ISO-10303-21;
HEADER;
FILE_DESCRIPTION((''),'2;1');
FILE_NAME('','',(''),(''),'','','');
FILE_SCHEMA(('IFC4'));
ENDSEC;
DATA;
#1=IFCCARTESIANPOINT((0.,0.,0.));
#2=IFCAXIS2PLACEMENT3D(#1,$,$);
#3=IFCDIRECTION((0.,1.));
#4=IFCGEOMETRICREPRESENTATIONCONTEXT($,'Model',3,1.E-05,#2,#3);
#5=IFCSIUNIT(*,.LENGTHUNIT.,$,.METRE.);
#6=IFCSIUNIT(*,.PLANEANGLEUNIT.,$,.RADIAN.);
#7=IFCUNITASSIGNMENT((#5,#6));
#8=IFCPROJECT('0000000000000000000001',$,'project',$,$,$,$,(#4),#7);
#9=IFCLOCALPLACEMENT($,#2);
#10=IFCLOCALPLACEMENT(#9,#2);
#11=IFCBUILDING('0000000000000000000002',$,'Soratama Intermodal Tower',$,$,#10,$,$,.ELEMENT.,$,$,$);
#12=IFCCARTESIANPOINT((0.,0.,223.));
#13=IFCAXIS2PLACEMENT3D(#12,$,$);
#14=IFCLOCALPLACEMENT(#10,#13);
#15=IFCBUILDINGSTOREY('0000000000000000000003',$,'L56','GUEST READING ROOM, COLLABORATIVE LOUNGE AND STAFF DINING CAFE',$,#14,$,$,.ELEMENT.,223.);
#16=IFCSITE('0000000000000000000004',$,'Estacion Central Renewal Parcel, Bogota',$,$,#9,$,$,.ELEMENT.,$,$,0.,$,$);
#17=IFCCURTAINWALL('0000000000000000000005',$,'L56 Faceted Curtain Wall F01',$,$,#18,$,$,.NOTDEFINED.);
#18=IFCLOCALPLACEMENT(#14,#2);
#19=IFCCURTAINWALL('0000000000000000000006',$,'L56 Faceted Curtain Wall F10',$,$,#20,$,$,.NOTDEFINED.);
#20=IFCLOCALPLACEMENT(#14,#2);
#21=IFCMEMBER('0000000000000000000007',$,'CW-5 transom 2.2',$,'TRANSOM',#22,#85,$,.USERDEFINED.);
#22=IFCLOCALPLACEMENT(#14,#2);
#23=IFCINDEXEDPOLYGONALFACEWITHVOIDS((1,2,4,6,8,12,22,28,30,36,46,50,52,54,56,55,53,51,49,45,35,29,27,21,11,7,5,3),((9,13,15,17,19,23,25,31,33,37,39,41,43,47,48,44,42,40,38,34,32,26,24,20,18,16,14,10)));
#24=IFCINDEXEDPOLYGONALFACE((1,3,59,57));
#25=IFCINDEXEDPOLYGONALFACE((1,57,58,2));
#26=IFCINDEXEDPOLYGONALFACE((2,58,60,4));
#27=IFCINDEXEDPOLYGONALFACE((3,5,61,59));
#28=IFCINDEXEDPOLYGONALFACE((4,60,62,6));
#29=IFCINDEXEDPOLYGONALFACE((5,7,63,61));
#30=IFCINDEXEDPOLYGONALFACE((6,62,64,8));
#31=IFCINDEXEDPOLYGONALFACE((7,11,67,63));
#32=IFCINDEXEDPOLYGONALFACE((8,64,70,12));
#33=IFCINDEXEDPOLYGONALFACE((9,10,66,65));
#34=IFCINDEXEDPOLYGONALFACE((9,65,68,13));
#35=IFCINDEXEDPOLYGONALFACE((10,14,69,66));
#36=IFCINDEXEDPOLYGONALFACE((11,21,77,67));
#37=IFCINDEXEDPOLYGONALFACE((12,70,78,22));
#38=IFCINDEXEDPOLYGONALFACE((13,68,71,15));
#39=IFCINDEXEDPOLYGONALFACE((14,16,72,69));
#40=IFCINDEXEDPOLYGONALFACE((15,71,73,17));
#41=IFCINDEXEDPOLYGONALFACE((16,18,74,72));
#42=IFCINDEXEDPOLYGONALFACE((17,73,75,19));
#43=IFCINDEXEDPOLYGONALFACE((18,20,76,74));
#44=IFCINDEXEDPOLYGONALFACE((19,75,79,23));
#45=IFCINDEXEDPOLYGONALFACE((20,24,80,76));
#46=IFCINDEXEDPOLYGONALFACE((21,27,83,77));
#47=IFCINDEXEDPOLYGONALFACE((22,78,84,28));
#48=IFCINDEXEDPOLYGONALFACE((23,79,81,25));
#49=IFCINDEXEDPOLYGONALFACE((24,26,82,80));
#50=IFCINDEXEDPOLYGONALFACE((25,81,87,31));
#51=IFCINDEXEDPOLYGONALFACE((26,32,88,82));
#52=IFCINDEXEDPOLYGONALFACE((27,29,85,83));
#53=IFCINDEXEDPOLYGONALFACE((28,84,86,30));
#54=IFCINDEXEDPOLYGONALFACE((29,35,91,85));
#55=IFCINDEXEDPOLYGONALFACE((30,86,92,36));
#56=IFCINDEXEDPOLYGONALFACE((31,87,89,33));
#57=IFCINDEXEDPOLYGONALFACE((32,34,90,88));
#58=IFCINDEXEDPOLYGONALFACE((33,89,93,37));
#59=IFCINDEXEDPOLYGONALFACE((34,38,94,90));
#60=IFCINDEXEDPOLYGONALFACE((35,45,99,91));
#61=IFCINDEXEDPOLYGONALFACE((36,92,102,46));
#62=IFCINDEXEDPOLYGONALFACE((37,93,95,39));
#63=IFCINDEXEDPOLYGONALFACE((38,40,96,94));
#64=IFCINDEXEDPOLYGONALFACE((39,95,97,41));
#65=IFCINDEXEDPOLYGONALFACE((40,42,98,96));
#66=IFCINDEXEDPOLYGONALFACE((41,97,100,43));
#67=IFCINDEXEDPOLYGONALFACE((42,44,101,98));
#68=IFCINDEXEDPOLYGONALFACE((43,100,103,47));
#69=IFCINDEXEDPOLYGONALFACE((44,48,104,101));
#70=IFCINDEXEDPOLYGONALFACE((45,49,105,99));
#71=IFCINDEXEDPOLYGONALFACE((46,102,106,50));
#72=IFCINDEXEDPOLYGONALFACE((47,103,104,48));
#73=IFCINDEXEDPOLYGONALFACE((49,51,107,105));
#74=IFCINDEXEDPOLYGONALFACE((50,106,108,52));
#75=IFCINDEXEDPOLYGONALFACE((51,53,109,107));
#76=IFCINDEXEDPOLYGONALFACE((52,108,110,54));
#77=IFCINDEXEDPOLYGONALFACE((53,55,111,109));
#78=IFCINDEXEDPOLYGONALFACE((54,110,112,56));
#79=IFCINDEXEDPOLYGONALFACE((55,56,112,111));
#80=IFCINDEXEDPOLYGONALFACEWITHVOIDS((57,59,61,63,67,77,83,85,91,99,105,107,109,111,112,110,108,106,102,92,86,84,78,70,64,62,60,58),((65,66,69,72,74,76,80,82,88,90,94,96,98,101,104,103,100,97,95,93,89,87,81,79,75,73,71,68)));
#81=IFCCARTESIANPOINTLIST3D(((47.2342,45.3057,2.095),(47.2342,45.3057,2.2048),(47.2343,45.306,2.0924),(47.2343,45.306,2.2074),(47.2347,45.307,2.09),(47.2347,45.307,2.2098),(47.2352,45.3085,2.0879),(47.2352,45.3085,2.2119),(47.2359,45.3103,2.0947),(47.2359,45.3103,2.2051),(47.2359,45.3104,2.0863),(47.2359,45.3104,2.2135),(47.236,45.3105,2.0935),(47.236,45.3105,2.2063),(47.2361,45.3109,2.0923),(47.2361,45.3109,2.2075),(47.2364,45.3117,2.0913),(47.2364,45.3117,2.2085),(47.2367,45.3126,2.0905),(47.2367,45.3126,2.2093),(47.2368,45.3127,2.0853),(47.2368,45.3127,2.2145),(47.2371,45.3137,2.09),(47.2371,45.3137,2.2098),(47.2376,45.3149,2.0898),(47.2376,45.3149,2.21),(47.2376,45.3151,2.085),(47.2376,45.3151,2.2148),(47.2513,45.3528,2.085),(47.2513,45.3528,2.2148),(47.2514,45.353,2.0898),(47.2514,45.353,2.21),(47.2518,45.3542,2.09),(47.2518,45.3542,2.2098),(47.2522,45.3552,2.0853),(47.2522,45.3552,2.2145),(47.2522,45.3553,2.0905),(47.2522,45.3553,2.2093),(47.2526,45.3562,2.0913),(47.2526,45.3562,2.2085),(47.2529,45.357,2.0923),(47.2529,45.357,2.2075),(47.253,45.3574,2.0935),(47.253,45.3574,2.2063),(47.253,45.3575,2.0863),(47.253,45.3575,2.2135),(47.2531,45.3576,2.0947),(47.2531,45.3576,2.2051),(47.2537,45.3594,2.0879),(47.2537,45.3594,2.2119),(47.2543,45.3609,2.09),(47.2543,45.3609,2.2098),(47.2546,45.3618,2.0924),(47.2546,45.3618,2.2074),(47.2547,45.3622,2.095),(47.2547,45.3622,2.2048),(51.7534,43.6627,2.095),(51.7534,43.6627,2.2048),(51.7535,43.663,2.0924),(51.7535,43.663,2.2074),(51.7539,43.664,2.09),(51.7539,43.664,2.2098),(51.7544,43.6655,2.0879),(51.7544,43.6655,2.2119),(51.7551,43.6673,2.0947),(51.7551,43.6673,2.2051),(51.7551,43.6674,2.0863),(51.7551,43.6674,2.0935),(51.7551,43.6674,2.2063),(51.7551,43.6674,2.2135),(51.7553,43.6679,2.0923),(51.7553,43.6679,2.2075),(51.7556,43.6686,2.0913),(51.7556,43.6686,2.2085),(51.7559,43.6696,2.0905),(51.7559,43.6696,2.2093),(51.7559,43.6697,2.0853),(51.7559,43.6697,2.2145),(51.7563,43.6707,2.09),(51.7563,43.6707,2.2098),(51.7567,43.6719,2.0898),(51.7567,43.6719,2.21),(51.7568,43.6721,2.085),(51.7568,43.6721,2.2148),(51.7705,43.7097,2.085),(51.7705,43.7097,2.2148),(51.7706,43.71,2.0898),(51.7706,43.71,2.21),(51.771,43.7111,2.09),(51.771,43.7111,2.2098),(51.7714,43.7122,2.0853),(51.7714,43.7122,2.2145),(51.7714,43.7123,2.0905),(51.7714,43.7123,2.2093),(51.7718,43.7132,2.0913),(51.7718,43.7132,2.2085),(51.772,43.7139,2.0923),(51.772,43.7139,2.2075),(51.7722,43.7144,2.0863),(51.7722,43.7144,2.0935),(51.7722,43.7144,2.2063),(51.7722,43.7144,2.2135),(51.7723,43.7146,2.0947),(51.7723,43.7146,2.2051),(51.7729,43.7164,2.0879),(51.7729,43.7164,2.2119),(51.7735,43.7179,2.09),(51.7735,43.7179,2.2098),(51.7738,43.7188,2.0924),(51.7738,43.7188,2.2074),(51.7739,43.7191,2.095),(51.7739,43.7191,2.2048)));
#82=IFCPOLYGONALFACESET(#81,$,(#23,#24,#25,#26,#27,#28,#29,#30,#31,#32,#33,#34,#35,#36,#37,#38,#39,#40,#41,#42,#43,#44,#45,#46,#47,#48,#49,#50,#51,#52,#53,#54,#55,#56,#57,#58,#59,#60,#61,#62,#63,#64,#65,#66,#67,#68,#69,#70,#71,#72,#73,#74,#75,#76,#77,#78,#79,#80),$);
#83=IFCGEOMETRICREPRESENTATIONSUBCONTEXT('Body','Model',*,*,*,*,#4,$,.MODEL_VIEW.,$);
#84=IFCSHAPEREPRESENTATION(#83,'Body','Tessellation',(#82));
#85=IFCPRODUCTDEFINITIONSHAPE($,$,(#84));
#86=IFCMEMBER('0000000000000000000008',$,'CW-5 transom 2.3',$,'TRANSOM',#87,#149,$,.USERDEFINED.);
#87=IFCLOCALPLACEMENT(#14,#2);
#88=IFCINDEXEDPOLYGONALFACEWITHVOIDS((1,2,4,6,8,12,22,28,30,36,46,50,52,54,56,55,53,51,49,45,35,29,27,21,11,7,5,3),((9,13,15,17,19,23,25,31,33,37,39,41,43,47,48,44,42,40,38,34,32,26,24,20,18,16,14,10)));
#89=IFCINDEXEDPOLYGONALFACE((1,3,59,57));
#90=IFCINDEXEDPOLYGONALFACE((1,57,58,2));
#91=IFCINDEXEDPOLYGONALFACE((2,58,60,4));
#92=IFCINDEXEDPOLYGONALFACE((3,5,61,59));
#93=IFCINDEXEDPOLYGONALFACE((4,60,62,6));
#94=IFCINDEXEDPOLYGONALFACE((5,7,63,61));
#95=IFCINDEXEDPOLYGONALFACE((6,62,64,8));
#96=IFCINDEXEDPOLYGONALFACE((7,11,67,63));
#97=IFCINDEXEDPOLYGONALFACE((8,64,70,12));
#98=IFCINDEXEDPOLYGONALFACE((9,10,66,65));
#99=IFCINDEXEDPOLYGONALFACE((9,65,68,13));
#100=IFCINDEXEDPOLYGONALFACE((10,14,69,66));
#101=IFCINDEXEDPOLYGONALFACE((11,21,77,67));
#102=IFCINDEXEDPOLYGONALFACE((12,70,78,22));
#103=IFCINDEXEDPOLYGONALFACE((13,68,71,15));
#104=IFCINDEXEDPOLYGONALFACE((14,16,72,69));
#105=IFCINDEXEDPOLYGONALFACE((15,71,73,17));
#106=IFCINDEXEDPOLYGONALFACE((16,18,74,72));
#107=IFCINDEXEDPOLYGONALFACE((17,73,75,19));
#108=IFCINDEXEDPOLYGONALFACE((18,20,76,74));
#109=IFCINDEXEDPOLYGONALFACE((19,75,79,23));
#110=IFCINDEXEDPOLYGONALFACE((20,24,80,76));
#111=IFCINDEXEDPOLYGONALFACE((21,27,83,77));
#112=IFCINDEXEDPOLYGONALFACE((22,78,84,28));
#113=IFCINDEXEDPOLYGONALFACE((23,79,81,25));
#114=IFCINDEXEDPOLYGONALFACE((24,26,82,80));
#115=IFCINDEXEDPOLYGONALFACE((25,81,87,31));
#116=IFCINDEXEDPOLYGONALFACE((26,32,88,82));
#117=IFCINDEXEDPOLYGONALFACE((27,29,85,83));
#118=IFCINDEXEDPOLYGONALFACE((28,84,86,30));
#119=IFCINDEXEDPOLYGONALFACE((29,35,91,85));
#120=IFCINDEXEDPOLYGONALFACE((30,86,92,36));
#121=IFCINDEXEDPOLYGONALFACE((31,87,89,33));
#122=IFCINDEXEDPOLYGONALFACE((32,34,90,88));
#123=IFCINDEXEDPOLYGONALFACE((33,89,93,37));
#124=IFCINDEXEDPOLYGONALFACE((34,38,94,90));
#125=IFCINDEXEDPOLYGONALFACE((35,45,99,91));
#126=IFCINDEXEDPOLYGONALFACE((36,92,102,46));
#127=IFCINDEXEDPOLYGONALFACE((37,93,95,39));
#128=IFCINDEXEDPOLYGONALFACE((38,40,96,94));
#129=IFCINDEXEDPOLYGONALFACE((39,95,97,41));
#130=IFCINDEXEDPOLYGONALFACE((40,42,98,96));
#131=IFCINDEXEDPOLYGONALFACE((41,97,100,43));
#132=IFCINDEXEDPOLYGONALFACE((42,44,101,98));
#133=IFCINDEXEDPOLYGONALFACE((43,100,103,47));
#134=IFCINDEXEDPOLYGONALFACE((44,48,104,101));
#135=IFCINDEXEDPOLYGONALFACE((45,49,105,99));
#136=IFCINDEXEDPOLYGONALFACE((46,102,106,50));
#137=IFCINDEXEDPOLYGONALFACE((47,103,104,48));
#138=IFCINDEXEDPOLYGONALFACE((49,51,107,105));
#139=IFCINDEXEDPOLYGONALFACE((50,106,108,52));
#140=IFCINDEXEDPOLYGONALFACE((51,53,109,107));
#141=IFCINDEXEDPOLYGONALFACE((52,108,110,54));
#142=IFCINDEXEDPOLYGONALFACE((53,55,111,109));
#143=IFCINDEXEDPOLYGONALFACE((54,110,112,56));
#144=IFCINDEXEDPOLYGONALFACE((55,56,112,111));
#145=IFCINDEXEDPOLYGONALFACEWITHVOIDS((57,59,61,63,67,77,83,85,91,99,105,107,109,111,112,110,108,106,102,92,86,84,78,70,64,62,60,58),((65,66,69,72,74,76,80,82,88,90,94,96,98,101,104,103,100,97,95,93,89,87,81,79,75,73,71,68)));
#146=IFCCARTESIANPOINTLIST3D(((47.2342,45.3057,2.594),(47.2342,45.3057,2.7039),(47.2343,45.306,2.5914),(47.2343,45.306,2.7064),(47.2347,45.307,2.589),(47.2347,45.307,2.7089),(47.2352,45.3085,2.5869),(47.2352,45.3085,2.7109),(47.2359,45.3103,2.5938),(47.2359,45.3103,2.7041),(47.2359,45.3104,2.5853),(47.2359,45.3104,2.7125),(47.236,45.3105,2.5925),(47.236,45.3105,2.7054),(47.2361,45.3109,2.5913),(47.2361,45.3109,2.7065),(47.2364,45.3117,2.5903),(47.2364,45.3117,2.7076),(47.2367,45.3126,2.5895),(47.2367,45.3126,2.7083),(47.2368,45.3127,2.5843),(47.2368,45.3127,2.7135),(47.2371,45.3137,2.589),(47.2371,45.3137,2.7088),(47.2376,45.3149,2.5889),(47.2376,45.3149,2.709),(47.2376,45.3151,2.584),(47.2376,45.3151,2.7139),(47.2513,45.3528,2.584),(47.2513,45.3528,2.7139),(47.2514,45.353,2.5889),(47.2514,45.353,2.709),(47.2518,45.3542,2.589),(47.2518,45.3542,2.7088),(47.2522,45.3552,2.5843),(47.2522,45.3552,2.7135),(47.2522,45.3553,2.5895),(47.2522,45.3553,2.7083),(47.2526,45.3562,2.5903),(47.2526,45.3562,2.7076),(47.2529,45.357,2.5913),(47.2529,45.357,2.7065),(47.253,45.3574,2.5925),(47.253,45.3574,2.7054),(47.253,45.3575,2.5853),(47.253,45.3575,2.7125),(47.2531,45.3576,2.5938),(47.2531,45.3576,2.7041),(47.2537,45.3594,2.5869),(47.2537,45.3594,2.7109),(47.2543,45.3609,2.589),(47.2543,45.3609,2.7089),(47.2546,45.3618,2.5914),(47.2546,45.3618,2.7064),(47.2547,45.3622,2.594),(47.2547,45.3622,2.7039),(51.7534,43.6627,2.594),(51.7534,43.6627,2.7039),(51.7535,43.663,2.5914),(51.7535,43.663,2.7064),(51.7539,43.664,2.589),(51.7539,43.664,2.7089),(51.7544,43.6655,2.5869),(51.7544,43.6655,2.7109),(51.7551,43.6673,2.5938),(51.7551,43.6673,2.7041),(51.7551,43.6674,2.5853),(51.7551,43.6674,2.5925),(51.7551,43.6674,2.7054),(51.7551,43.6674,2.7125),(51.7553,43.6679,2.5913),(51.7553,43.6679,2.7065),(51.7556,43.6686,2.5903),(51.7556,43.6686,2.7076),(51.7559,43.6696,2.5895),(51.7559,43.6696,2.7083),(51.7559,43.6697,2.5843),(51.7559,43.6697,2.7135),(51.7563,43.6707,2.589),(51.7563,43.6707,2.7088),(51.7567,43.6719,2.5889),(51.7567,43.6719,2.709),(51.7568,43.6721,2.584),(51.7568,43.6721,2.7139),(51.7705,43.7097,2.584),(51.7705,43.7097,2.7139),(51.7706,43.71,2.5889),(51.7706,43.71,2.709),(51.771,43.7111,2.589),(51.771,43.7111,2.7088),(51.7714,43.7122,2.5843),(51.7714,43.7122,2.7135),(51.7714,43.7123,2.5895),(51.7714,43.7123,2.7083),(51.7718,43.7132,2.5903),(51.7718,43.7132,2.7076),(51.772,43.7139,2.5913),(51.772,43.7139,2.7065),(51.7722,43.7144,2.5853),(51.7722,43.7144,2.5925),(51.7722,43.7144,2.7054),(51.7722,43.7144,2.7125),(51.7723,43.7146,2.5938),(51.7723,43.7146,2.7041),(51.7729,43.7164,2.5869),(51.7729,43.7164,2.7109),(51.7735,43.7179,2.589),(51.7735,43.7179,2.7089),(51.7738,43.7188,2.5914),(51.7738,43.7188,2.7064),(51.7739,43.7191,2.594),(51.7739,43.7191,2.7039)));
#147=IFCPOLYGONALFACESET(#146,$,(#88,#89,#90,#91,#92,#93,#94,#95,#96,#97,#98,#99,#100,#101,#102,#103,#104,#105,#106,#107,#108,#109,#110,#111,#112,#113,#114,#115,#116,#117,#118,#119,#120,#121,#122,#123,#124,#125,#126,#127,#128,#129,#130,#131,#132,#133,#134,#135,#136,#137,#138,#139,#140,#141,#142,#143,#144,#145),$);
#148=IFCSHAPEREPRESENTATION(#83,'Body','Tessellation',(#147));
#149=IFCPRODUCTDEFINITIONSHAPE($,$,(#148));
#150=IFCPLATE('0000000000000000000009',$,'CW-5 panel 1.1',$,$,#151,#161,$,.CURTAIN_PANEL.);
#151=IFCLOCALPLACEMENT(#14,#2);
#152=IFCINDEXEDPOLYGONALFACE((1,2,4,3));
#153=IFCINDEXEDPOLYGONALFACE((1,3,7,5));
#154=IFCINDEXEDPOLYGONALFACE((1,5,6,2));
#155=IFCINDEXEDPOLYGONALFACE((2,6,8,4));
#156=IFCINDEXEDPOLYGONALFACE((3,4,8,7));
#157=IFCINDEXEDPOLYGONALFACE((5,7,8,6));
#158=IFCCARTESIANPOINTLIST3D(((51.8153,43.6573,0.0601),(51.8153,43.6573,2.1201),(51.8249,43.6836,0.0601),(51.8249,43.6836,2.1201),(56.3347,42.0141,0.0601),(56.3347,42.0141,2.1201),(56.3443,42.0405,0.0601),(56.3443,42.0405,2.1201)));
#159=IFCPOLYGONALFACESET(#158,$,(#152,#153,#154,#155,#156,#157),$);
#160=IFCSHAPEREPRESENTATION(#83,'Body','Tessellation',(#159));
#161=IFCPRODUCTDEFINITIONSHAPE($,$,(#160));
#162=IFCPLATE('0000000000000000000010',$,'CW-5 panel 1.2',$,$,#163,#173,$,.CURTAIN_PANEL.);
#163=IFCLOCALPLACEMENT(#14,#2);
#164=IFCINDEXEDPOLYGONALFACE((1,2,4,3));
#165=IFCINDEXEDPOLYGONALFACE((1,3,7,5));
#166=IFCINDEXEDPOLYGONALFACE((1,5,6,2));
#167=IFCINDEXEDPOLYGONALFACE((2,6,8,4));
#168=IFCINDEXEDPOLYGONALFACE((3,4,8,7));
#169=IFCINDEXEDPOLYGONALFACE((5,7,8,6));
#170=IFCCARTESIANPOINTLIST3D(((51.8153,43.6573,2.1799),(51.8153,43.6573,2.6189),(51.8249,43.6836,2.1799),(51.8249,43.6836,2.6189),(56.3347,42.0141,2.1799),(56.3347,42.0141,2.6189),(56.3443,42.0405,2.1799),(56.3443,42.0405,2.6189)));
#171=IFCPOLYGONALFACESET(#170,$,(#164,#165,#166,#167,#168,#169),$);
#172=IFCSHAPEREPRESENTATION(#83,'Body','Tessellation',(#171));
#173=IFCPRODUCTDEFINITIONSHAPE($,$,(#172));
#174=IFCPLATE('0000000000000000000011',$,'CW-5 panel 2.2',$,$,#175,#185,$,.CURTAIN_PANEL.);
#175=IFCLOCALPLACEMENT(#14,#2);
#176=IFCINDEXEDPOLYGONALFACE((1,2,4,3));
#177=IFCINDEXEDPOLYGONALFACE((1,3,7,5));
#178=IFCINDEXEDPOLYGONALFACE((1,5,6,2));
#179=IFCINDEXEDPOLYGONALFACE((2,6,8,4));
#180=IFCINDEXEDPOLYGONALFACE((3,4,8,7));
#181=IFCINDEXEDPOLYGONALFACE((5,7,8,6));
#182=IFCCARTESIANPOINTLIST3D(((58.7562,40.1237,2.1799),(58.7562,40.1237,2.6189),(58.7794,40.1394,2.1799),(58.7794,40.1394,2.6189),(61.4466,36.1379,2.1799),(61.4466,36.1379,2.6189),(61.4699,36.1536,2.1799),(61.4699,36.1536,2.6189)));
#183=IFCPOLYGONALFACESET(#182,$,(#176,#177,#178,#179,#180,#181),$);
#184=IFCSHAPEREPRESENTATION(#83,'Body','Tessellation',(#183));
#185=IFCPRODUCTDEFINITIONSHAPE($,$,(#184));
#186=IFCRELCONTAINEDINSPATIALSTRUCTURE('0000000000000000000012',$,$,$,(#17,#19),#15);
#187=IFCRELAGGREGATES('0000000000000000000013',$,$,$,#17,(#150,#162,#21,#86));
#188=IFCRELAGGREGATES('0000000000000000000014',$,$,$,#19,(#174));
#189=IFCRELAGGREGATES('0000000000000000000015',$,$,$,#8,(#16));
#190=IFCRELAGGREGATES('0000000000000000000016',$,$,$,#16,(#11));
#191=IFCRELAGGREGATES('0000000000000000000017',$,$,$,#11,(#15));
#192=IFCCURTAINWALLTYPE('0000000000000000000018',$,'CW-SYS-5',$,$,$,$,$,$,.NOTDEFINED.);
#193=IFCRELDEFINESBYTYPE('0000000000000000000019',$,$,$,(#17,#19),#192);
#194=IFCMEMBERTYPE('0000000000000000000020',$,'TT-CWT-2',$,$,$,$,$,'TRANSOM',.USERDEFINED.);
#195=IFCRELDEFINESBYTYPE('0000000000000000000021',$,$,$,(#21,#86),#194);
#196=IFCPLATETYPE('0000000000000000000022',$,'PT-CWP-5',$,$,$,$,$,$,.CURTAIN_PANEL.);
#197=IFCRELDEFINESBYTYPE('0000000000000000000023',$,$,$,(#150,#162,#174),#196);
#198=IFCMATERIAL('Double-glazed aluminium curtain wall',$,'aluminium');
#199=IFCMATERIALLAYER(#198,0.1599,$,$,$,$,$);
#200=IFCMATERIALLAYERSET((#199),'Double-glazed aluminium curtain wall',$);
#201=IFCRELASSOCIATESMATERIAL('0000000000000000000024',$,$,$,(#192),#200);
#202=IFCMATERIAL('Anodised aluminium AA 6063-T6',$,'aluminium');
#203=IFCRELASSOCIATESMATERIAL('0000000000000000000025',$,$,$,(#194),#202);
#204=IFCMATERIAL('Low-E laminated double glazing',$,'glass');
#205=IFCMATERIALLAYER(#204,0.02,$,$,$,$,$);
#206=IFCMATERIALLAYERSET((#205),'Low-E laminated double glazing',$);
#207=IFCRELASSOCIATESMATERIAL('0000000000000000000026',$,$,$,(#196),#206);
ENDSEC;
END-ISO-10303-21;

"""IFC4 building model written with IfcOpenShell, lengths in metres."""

from ifc_helpers import new_model, si_unit, direction, frame, origin, origin_2d, place, context, subcontext, project, spatial, rectangle, hollow_rectangle, extrude, material, layer, layer_set, material_profile, profile_set, type_object, element, aggregate, save


model = new_model("IFC4")

# Units and contexts
model_context = context("Model", 3, precision=1e-05, world=origin(), true_north=direction((0.0, 1.0)))
body_context = subcontext(model_context, "Body", "Model", "MODEL_VIEW")
ifc_project = project(units=[si_unit("LENGTHUNIT", "METRE"), si_unit("PLANEANGLEUNIT", "RADIAN")], contexts=[model_context])

# Site, building, storey
site_placement = place(None, origin())
site = spatial("IfcSite", under=ifc_project, at=site_placement, Name="Estacion Central Renewal Parcel, Bogota", CompositionType="ELEMENT", RefElevation=0.0)
building_placement = place(site_placement, origin())
building = spatial("IfcBuilding", under=site, at=building_placement, Name="Soratama Intermodal Tower", CompositionType="ELEMENT")
storey_placement = place(building_placement, frame((0.0, 0.0, 223.0)))
storey = spatial("IfcBuildingStorey", under=building, at=storey_placement, Name="L56", Description="GUEST READING ROOM, COLLABORATIVE LOUNGE AND STAFF DINING CAFE", CompositionType="ELEMENT", Elevation=223.0)

# Curtain wall
ifc_material_1 = material(Name="Double-glazed aluminium curtain wall", Category="aluminium")
ifc_layer_1 = layer(ifc_material_1, 0.1599)
ifc_layer_set_1 = layer_set([ifc_layer_1], Name="Double-glazed aluminium curtain wall")
curtain_wall_type = type_object("IfcCurtainWallType", Name="CW-SYS-5", PredefinedType="NOTDEFINED", material=ifc_layer_set_1)
curtain_wall_1_placement = place(storey_placement, origin())
curtain_wall_1 = element("IfcCurtainWall", 1, at=curtain_wall_1_placement, inside=storey, type_object=curtain_wall_type, Name="L56 Faceted Curtain Wall F01", PredefinedType="NOTDEFINED")

# Curtain wall
curtain_wall_2_placement = place(storey_placement, origin())
curtain_wall_2 = element("IfcCurtainWall", 2, at=curtain_wall_2_placement, inside=storey, type_object=curtain_wall_type, Name="L56 Faceted Curtain Wall F10", PredefinedType="NOTDEFINED")

# Members
ifc_material_2 = material(Name="Anodised aluminium AA 6063-T6", Category="aluminium")
ifc_material_profile_1 = material_profile(ifc_material_2, hollow_rectangle(XDim=0.0601, YDim=0.1299, WallThickness=0.0049, InnerFilletRadius=0.0049, OuterFilletRadius=0.01, at=origin_2d()), Name="CWT130X60X5")
ifc_profile_set_1 = profile_set([ifc_material_profile_1], Name="Anodised aluminium AA 6063-T6")
member_type_1 = type_object("IfcMemberType", Name="TT-CWT-2", ElementType="TRANSOM", PredefinedType="USERDEFINED", material=ifc_profile_set_1)
member_1_placement = place(storey_placement, frame((51.7637, 43.6909, 2.1499), z_axis=(-0.939814, 0.341686, 0.0), x_axis=(-0.341686, -0.939814, 0.0)))
member_1 = element("IfcMember", 3, at=member_1_placement, type_object=member_type_1, Name="CW-5 transom 2.2", ObjectType="TRANSOM", PredefinedType="USERDEFINED", context=body_context, shape_type="SweptSolid", body=[
    extrude(hollow_rectangle(XDim=0.0601, YDim=0.1299, WallThickness=0.0049, InnerFilletRadius=0.0049, OuterFilletRadius=0.01, at=origin_2d()), origin(), (0.0, 0.0, 1.0), 4.8086),
])
member_2_placement = place(storey_placement, frame((51.7637, 43.6909, 2.6489), z_axis=(-0.939814, 0.341686, 0.0), x_axis=(-0.341686, -0.939814, 0.0)))
member_2 = element("IfcMember", 4, at=member_2_placement, type_object=member_type_1, Name="CW-5 transom 2.3", ObjectType="TRANSOM", PredefinedType="USERDEFINED", context=body_context, shape_type="SweptSolid", body=[
    extrude(hollow_rectangle(XDim=0.0601, YDim=0.1299, WallThickness=0.0049, InnerFilletRadius=0.0049, OuterFilletRadius=0.01, at=origin_2d()), origin(), (0.0, 0.0, 1.0), 4.8086),
])

# Plates
ifc_material_3 = material(Name="Low-E laminated double glazing", Category="glass")
ifc_layer_2 = layer(ifc_material_3, 0.02)
ifc_layer_set_2 = layer_set([ifc_layer_2], Name="Low-E laminated double glazing")
plate_type = type_object("IfcPlateType", Name="PT-CWP-5", PredefinedType="CURTAIN_PANEL", material=ifc_layer_set_2)
plate_1_placement = place(storey_placement, frame((54.0798, 42.8489, 0.0601), z_axis=(0.0, 0.0, 1.0), x_axis=(-0.939811, 0.341696, 0.0)))
plate_1 = element("IfcPlate", 5, at=plate_1_placement, type_object=plate_type, Name="CW-5 panel 1.1", PredefinedType="CURTAIN_PANEL", context=body_context, shape_type="SweptSolid", body=[
    extrude(rectangle(XDim=4.8088, YDim=0.0281, at=origin_2d()), origin(), (0.0, 0.0, 1.0), 2.0601),
])
plate_2_placement = place(storey_placement, frame((54.0798, 42.8489, 2.1799), z_axis=(0.0, 0.0, 1.0), x_axis=(-0.939811, 0.341696, 0.0)))
plate_2 = element("IfcPlate", 6, at=plate_2_placement, type_object=plate_type, Name="CW-5 panel 1.2", PredefinedType="CURTAIN_PANEL", context=body_context, shape_type="SweptSolid", body=[
    extrude(rectangle(XDim=4.8088, YDim=0.0281, at=origin_2d()), origin(), (0.0, 0.0, 1.0), 0.439),
])
aggregate(curtain_wall_1, [plate_1, plate_2, member_1, member_2])
plate_3_placement = place(storey_placement, frame((60.113, 38.1387, 2.1799), z_axis=(0.0, 0.0, 1.0), x_axis=(-0.559482, 0.828843, 0.0)))
plate_3 = element("IfcPlate", 7, at=plate_3_placement, type_object=plate_type, Name="CW-5 panel 2.2", PredefinedType="CURTAIN_PANEL", context=body_context, shape_type="SweptSolid", body=[
    extrude(rectangle(XDim=4.8088, YDim=0.0281, at=origin_2d()), origin(), (0.0, 0.0, 1.0), 0.439),
])
aggregate(curtain_wall_2, [plate_3])

save(model, "model.ifc")
